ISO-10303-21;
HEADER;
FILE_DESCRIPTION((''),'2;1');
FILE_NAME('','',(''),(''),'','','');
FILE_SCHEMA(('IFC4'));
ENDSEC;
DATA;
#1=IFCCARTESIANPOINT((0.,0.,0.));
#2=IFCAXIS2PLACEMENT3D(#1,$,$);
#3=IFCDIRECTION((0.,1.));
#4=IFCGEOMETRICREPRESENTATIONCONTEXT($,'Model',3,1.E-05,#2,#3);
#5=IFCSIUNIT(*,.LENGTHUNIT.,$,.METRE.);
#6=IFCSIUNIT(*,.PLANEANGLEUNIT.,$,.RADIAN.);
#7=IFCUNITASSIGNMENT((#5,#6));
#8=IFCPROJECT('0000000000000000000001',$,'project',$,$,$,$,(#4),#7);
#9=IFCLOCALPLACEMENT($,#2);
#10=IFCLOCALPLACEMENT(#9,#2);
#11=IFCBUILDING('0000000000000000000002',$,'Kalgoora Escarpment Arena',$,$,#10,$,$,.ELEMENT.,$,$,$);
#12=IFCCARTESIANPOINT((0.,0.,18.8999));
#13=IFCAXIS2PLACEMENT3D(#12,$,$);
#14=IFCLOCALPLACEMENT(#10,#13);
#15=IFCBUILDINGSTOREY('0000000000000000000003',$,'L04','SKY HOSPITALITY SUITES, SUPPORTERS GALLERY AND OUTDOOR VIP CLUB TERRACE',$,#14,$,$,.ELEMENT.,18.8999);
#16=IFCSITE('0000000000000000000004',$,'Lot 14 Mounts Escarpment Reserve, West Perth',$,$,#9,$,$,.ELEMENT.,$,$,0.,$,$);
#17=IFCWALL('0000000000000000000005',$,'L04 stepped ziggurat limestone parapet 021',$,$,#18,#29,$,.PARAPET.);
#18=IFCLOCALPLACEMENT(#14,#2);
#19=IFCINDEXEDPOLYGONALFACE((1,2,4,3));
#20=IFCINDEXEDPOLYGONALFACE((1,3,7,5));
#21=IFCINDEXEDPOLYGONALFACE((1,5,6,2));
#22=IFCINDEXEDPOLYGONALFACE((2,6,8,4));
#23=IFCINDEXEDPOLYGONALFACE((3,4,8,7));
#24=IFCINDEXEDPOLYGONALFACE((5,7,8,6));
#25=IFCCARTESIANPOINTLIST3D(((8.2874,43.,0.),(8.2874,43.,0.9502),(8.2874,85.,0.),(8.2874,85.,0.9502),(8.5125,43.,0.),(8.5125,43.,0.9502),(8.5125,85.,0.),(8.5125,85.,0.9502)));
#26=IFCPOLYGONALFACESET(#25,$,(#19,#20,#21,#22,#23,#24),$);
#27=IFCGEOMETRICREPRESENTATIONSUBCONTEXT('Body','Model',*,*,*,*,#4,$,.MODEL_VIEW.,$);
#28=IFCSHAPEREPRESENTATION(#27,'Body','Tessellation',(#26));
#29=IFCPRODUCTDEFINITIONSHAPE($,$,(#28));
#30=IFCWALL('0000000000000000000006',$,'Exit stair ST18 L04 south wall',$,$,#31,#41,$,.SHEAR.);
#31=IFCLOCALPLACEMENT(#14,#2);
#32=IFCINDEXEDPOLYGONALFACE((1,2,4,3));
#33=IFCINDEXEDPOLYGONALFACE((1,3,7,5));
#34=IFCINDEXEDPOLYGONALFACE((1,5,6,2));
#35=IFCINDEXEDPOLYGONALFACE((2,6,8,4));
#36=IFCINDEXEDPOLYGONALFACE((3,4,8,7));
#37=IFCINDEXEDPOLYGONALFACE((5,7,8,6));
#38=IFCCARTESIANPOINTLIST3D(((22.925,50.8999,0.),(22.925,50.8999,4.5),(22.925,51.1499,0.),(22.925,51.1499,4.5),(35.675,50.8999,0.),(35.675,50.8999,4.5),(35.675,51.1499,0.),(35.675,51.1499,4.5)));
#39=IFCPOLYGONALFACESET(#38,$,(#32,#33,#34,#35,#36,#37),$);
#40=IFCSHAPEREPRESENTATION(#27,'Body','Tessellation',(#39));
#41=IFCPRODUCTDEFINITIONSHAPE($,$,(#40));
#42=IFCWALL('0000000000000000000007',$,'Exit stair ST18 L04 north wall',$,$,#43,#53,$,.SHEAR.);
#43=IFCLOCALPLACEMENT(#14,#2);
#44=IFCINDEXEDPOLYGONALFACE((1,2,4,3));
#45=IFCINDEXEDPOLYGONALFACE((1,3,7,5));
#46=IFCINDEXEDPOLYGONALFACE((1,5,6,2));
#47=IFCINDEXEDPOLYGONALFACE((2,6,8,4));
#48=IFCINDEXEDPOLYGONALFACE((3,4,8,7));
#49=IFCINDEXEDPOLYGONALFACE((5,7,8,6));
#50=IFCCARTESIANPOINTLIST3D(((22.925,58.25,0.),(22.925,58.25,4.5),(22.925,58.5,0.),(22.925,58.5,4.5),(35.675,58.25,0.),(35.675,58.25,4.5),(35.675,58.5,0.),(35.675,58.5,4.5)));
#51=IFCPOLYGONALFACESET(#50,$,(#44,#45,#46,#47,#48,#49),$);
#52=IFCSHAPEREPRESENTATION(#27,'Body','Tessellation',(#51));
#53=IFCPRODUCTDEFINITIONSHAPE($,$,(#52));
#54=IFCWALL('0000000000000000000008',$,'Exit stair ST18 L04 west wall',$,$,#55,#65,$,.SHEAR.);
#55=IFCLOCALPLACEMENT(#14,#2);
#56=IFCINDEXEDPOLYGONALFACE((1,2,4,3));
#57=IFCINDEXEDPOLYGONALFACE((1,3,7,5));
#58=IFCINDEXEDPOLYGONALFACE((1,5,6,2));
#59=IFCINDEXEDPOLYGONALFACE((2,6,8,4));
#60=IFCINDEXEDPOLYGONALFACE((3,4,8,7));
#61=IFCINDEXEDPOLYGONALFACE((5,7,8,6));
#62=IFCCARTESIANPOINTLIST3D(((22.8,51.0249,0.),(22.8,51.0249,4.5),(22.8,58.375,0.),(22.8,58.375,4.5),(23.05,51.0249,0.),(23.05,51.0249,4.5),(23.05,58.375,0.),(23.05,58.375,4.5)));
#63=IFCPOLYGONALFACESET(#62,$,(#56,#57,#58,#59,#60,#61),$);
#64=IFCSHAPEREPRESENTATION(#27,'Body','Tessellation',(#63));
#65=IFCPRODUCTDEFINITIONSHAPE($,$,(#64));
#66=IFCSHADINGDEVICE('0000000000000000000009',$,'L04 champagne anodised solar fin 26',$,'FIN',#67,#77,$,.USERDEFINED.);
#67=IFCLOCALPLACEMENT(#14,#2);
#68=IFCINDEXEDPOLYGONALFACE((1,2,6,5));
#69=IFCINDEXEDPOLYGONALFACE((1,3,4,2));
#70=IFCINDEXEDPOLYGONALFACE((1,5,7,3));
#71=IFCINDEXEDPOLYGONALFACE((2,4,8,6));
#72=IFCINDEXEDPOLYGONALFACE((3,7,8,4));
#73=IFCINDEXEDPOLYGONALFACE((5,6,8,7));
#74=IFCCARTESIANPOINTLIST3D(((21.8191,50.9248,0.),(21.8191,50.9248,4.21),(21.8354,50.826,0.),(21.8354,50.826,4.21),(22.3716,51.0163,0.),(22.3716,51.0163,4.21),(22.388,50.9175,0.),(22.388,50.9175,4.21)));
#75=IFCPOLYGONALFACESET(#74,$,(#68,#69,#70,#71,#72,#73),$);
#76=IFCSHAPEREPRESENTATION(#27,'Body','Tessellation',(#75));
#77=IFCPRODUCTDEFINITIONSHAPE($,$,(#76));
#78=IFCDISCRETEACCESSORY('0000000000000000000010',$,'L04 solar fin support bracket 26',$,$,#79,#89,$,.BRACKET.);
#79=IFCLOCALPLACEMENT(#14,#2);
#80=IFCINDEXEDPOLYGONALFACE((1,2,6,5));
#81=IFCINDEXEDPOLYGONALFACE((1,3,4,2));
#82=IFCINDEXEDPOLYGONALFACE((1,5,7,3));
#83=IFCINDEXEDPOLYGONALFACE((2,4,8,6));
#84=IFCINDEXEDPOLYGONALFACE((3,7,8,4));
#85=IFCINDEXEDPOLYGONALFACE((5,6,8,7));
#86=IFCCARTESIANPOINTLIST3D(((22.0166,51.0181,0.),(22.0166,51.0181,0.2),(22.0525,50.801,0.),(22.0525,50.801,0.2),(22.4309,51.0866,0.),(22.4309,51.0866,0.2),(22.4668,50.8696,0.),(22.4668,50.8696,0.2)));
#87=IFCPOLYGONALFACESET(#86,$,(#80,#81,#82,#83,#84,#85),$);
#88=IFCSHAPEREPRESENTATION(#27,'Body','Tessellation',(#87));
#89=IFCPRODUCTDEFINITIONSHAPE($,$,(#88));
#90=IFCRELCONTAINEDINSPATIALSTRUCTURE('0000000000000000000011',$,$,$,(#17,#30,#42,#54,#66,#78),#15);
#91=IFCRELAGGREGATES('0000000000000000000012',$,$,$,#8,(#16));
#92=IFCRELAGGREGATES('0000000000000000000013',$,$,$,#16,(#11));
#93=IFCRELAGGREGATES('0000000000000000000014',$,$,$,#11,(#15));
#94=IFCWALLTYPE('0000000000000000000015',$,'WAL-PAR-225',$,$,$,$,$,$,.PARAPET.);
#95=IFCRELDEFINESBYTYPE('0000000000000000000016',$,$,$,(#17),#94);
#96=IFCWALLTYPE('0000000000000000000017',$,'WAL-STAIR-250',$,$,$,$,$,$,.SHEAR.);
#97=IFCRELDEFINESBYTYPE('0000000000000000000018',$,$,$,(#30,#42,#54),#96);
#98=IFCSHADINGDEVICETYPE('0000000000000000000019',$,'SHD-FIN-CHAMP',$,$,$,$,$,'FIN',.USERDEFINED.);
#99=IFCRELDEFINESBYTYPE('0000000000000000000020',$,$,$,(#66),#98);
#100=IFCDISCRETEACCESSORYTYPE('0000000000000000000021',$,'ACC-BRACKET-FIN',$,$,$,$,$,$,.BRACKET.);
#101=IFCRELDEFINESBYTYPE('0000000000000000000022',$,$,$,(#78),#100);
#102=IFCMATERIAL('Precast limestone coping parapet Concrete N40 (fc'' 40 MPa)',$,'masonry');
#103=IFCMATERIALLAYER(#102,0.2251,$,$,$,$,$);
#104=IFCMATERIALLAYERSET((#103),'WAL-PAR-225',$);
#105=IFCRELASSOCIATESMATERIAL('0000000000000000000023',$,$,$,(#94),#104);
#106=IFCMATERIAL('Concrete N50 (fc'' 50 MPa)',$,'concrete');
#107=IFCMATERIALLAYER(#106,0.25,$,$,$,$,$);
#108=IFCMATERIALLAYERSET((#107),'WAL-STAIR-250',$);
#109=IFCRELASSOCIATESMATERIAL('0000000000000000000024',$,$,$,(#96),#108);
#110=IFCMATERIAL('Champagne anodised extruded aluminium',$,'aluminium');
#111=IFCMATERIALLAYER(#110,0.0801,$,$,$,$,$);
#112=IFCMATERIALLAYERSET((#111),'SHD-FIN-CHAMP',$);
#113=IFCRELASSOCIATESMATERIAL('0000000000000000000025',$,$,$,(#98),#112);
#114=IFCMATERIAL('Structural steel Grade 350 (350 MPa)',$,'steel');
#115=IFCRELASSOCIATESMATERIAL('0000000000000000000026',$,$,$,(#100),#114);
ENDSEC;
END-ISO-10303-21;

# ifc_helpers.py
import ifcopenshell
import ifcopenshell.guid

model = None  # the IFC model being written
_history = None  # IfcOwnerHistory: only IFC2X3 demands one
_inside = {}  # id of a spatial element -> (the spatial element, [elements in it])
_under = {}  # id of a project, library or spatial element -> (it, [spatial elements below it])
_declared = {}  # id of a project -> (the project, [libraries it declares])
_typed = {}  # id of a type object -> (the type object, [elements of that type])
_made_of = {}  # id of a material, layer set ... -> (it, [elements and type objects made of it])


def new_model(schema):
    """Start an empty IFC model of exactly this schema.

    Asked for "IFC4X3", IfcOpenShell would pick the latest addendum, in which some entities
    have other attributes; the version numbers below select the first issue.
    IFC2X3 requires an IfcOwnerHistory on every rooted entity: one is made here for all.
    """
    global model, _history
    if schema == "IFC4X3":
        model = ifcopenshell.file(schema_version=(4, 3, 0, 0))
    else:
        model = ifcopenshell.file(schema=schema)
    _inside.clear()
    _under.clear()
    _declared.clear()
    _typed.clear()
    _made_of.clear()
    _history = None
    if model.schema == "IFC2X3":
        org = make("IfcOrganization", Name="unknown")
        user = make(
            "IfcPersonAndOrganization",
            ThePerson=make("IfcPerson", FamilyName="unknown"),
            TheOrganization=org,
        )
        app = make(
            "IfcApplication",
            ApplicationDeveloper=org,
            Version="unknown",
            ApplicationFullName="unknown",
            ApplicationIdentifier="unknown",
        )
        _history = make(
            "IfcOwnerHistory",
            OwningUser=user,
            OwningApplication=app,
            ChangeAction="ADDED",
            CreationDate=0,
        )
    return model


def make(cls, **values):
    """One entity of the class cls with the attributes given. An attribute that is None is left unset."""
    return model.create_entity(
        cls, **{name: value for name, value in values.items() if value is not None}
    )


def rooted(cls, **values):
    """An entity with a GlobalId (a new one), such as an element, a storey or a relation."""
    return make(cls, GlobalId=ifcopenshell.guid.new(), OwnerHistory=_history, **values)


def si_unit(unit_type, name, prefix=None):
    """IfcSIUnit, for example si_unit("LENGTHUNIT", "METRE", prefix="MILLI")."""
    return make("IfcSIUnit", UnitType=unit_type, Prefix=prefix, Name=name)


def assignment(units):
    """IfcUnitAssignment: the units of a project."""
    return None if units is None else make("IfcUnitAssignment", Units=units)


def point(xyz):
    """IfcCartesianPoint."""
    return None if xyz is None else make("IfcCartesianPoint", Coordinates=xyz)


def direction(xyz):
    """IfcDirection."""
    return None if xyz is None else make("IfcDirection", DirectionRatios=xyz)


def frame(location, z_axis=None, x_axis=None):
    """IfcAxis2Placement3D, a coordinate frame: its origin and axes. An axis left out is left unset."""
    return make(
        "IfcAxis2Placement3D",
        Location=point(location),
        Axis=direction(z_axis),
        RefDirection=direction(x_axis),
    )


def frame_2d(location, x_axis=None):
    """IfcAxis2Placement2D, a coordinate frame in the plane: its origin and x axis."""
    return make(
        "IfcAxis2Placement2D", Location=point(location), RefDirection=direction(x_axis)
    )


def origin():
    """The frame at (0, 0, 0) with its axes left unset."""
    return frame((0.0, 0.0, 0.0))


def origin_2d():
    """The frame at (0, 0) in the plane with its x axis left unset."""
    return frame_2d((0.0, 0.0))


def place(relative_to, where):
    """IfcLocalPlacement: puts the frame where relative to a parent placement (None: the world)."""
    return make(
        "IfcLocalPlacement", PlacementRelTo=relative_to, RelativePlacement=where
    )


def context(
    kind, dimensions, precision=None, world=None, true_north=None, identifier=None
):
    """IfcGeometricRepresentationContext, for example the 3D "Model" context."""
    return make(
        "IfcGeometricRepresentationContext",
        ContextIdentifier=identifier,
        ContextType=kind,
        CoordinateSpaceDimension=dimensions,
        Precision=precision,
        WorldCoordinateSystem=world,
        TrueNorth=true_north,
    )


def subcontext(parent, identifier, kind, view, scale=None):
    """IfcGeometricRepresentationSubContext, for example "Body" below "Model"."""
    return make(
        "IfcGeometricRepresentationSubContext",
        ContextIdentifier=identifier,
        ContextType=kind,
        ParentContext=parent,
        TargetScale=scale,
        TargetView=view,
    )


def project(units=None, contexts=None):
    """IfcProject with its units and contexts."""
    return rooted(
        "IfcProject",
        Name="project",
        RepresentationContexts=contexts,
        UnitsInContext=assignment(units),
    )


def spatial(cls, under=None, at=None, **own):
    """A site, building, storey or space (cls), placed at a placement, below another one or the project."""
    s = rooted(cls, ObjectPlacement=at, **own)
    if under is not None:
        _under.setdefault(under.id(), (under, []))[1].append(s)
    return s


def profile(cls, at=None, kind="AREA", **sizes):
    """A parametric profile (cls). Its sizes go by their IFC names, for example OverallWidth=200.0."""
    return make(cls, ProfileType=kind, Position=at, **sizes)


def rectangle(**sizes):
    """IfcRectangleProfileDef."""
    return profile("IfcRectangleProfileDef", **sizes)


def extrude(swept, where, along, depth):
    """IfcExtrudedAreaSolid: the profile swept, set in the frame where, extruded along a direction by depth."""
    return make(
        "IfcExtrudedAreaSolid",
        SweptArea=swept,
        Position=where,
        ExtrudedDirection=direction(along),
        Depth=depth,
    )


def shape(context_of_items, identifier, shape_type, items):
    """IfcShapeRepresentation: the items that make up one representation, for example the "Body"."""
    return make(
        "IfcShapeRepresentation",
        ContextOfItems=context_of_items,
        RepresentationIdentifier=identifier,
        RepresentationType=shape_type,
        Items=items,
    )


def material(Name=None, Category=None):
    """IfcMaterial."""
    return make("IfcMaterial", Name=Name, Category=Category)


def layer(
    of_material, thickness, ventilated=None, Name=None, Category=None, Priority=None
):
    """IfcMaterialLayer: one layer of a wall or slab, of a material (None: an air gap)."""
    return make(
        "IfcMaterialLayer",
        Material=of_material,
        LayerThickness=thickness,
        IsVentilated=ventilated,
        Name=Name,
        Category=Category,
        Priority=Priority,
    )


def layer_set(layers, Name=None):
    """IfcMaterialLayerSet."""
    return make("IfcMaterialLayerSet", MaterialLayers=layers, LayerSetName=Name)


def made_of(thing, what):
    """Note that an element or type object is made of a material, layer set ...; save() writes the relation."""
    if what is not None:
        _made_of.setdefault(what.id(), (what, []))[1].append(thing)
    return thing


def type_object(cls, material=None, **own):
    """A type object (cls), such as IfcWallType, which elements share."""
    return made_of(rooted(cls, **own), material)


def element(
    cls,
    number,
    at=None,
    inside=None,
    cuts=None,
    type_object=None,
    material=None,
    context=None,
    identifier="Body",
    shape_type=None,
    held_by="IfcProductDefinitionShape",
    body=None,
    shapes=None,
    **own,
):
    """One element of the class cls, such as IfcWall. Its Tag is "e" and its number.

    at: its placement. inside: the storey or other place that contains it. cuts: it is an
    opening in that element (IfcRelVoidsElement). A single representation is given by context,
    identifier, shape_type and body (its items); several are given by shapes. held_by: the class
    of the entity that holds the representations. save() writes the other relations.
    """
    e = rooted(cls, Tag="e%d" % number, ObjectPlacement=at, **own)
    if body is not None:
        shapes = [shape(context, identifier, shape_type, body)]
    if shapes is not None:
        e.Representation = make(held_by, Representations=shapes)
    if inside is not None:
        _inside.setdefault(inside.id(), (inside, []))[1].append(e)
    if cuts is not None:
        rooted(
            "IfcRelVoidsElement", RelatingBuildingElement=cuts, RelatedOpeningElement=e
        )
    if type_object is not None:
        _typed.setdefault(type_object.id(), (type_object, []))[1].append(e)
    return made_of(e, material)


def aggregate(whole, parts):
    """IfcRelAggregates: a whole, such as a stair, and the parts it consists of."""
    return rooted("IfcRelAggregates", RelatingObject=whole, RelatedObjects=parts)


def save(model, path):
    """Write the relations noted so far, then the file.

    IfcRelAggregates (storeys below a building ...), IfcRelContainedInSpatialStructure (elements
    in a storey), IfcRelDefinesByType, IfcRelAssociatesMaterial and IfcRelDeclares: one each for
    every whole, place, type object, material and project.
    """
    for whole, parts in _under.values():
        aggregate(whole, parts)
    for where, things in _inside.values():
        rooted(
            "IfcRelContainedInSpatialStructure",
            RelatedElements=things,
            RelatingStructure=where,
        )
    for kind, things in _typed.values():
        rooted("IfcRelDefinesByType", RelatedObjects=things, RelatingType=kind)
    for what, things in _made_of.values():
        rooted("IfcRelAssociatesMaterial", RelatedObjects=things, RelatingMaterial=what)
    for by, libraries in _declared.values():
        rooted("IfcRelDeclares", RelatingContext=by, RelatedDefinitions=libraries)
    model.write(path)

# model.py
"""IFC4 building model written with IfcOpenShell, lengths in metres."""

from ifc_helpers import new_model, si_unit, direction, frame, frame_2d, origin, origin_2d, place, context, subcontext, project, spatial, rectangle, extrude, material, layer, layer_set, type_object, element, save


model = new_model("IFC4")

# Units and contexts
model_context = context("Model", 3, precision=1e-05, world=origin(), true_north=direction((0.0, 1.0)))
body_context = subcontext(model_context, "Body", "Model", "MODEL_VIEW")
ifc_project = project(units=[si_unit("LENGTHUNIT", "METRE"), si_unit("PLANEANGLEUNIT", "RADIAN")], contexts=[model_context])

# Site, building, storey
site_placement = place(None, origin())
site = spatial("IfcSite", under=ifc_project, at=site_placement, Name="Lot 14 Mounts Escarpment Reserve, West Perth", CompositionType="ELEMENT", RefElevation=0.0)
building_placement = place(site_placement, origin())
building = spatial("IfcBuilding", under=site, at=building_placement, Name="Kalgoora Escarpment Arena", CompositionType="ELEMENT")
storey_placement = place(building_placement, frame((0.0, 0.0, 18.8999)))
storey = spatial("IfcBuildingStorey", under=building, at=storey_placement, Name="L04", Description="SKY HOSPITALITY SUITES, SUPPORTERS GALLERY AND OUTDOOR VIP CLUB TERRACE", CompositionType="ELEMENT", Elevation=18.8999)

# Walls
ifc_material_1 = material(Name="Precast limestone coping parapet Concrete N40 (fc' 40 MPa)", Category="masonry")
ifc_layer_1 = layer(ifc_material_1, 0.2251)
ifc_layer_set_1 = layer_set([ifc_layer_1], Name="WAL-PAR-225")
wall_type_1 = type_object("IfcWallType", Name="WAL-PAR-225", PredefinedType="PARAPET", material=ifc_layer_set_1)
wall_1_placement = place(storey_placement, frame((8.3999, 43.0, 0.0), z_axis=(0.0, 0.0, 1.0), x_axis=(0.0, 1.0, 0.0)))
element("IfcWall", 1, at=wall_1_placement, inside=storey, type_object=wall_type_1, Name="L04 stepped ziggurat limestone parapet 021", PredefinedType="PARAPET", context=body_context, shape_type="SweptSolid", body=[
    extrude(rectangle(XDim=42.0, YDim=0.2251, at=frame_2d((21.0, 0.0))), origin(), (0.0, 0.0, 1.0), 0.9502),
])
ifc_material_2 = material(Name="Concrete N50 (fc' 50 MPa)", Category="concrete")
ifc_layer_2 = layer(ifc_material_2, 0.25)
ifc_layer_set_2 = layer_set([ifc_layer_2], Name="WAL-STAIR-250")
wall_type_2 = type_object("IfcWallType", Name="WAL-STAIR-250", PredefinedType="SHEAR", material=ifc_layer_set_2)
for number, where, z_axis, x_axis, name in (
    (2, (22.925, 51.0249, 0.0), (0.0, 0.0, 1.0), (1.0, 0.0, 0.0), "Exit stair ST18 L04 south wall"),
    (3, (22.925, 58.375, 0.0), (0.0, 0.0, 1.0), (1.0, 0.0, 0.0), "Exit stair ST18 L04 north wall"),
):
    element("IfcWall", number, at=place(storey_placement, frame(where, z_axis=z_axis, x_axis=x_axis)), inside=storey, type_object=wall_type_2, Name=name, PredefinedType="SHEAR", context=body_context, shape_type="SweptSolid", body=[
        extrude(rectangle(XDim=12.75, YDim=0.25, at=frame_2d((6.375, 0.0))), origin(), (0.0, 0.0, 1.0), 4.5),
    ])
wall_2_placement = place(storey_placement, frame((22.925, 51.0249, 0.0), z_axis=(0.0, 0.0, 1.0), x_axis=(0.0, 1.0, 0.0)))
element("IfcWall", 4, at=wall_2_placement, inside=storey, type_object=wall_type_2, Name="Exit stair ST18 L04 west wall", PredefinedType="SHEAR", context=body_context, shape_type="SweptSolid", body=[
    extrude(rectangle(XDim=7.3501, YDim=0.25, at=frame_2d((3.675, 0.0))), origin(), (0.0, 0.0, 1.0), 4.5),
])

# Shading device
ifc_material_3 = material(Name="Champagne anodised extruded aluminium", Category="aluminium")
ifc_layer_3 = layer(ifc_material_3, 0.0801)
ifc_layer_set_3 = layer_set([ifc_layer_3], Name="SHD-FIN-CHAMP")
shading_device_type = type_object("IfcShadingDeviceType", Name="SHD-FIN-CHAMP", ElementType="FIN", PredefinedType="USERDEFINED", material=ifc_layer_set_3)
shading_device_placement = place(storey_placement, frame((22.1035, 50.9211, 0.0), z_axis=(0.0, 0.0, 1.0), x_axis=(-0.986572, -0.163326, 0.0)))
element("IfcShadingDevice", 5, at=shading_device_placement, inside=storey, type_object=shading_device_type, Name="L04 champagne anodised solar fin 26", ObjectType="FIN", PredefinedType="USERDEFINED", context=body_context, shape_type="SweptSolid", body=[
    extrude(rectangle(XDim=0.5601, YDim=0.1001, at=origin_2d()), origin(), (0.0, 0.0, 1.0), 4.21),
])

# Discrete accessory
ifc_material_4 = material(Name="Structural steel Grade 350 (350 MPa)", Category="steel")
discrete_accessory_type = type_object("IfcDiscreteAccessoryType", Name="ACC-BRACKET-FIN", PredefinedType="BRACKET", material=ifc_material_4)
discrete_accessory_placement = place(storey_placement, frame((22.2417, 50.9438, 0.0), z_axis=(0.0, 0.0, 1.0), x_axis=(-0.986572, -0.163326, 0.0)))
element("IfcDiscreteAccessory", 6, at=discrete_accessory_placement, inside=storey, type_object=discrete_accessory_type, Name="L04 solar fin support bracket 26", PredefinedType="BRACKET", context=body_context, shape_type="SweptSolid", body=[
    extrude(rectangle(XDim=0.4199, YDim=0.22, at=origin_2d()), origin(), (0.0, 0.0, 1.0), 0.2),
])

save(model, "model.ifc")
